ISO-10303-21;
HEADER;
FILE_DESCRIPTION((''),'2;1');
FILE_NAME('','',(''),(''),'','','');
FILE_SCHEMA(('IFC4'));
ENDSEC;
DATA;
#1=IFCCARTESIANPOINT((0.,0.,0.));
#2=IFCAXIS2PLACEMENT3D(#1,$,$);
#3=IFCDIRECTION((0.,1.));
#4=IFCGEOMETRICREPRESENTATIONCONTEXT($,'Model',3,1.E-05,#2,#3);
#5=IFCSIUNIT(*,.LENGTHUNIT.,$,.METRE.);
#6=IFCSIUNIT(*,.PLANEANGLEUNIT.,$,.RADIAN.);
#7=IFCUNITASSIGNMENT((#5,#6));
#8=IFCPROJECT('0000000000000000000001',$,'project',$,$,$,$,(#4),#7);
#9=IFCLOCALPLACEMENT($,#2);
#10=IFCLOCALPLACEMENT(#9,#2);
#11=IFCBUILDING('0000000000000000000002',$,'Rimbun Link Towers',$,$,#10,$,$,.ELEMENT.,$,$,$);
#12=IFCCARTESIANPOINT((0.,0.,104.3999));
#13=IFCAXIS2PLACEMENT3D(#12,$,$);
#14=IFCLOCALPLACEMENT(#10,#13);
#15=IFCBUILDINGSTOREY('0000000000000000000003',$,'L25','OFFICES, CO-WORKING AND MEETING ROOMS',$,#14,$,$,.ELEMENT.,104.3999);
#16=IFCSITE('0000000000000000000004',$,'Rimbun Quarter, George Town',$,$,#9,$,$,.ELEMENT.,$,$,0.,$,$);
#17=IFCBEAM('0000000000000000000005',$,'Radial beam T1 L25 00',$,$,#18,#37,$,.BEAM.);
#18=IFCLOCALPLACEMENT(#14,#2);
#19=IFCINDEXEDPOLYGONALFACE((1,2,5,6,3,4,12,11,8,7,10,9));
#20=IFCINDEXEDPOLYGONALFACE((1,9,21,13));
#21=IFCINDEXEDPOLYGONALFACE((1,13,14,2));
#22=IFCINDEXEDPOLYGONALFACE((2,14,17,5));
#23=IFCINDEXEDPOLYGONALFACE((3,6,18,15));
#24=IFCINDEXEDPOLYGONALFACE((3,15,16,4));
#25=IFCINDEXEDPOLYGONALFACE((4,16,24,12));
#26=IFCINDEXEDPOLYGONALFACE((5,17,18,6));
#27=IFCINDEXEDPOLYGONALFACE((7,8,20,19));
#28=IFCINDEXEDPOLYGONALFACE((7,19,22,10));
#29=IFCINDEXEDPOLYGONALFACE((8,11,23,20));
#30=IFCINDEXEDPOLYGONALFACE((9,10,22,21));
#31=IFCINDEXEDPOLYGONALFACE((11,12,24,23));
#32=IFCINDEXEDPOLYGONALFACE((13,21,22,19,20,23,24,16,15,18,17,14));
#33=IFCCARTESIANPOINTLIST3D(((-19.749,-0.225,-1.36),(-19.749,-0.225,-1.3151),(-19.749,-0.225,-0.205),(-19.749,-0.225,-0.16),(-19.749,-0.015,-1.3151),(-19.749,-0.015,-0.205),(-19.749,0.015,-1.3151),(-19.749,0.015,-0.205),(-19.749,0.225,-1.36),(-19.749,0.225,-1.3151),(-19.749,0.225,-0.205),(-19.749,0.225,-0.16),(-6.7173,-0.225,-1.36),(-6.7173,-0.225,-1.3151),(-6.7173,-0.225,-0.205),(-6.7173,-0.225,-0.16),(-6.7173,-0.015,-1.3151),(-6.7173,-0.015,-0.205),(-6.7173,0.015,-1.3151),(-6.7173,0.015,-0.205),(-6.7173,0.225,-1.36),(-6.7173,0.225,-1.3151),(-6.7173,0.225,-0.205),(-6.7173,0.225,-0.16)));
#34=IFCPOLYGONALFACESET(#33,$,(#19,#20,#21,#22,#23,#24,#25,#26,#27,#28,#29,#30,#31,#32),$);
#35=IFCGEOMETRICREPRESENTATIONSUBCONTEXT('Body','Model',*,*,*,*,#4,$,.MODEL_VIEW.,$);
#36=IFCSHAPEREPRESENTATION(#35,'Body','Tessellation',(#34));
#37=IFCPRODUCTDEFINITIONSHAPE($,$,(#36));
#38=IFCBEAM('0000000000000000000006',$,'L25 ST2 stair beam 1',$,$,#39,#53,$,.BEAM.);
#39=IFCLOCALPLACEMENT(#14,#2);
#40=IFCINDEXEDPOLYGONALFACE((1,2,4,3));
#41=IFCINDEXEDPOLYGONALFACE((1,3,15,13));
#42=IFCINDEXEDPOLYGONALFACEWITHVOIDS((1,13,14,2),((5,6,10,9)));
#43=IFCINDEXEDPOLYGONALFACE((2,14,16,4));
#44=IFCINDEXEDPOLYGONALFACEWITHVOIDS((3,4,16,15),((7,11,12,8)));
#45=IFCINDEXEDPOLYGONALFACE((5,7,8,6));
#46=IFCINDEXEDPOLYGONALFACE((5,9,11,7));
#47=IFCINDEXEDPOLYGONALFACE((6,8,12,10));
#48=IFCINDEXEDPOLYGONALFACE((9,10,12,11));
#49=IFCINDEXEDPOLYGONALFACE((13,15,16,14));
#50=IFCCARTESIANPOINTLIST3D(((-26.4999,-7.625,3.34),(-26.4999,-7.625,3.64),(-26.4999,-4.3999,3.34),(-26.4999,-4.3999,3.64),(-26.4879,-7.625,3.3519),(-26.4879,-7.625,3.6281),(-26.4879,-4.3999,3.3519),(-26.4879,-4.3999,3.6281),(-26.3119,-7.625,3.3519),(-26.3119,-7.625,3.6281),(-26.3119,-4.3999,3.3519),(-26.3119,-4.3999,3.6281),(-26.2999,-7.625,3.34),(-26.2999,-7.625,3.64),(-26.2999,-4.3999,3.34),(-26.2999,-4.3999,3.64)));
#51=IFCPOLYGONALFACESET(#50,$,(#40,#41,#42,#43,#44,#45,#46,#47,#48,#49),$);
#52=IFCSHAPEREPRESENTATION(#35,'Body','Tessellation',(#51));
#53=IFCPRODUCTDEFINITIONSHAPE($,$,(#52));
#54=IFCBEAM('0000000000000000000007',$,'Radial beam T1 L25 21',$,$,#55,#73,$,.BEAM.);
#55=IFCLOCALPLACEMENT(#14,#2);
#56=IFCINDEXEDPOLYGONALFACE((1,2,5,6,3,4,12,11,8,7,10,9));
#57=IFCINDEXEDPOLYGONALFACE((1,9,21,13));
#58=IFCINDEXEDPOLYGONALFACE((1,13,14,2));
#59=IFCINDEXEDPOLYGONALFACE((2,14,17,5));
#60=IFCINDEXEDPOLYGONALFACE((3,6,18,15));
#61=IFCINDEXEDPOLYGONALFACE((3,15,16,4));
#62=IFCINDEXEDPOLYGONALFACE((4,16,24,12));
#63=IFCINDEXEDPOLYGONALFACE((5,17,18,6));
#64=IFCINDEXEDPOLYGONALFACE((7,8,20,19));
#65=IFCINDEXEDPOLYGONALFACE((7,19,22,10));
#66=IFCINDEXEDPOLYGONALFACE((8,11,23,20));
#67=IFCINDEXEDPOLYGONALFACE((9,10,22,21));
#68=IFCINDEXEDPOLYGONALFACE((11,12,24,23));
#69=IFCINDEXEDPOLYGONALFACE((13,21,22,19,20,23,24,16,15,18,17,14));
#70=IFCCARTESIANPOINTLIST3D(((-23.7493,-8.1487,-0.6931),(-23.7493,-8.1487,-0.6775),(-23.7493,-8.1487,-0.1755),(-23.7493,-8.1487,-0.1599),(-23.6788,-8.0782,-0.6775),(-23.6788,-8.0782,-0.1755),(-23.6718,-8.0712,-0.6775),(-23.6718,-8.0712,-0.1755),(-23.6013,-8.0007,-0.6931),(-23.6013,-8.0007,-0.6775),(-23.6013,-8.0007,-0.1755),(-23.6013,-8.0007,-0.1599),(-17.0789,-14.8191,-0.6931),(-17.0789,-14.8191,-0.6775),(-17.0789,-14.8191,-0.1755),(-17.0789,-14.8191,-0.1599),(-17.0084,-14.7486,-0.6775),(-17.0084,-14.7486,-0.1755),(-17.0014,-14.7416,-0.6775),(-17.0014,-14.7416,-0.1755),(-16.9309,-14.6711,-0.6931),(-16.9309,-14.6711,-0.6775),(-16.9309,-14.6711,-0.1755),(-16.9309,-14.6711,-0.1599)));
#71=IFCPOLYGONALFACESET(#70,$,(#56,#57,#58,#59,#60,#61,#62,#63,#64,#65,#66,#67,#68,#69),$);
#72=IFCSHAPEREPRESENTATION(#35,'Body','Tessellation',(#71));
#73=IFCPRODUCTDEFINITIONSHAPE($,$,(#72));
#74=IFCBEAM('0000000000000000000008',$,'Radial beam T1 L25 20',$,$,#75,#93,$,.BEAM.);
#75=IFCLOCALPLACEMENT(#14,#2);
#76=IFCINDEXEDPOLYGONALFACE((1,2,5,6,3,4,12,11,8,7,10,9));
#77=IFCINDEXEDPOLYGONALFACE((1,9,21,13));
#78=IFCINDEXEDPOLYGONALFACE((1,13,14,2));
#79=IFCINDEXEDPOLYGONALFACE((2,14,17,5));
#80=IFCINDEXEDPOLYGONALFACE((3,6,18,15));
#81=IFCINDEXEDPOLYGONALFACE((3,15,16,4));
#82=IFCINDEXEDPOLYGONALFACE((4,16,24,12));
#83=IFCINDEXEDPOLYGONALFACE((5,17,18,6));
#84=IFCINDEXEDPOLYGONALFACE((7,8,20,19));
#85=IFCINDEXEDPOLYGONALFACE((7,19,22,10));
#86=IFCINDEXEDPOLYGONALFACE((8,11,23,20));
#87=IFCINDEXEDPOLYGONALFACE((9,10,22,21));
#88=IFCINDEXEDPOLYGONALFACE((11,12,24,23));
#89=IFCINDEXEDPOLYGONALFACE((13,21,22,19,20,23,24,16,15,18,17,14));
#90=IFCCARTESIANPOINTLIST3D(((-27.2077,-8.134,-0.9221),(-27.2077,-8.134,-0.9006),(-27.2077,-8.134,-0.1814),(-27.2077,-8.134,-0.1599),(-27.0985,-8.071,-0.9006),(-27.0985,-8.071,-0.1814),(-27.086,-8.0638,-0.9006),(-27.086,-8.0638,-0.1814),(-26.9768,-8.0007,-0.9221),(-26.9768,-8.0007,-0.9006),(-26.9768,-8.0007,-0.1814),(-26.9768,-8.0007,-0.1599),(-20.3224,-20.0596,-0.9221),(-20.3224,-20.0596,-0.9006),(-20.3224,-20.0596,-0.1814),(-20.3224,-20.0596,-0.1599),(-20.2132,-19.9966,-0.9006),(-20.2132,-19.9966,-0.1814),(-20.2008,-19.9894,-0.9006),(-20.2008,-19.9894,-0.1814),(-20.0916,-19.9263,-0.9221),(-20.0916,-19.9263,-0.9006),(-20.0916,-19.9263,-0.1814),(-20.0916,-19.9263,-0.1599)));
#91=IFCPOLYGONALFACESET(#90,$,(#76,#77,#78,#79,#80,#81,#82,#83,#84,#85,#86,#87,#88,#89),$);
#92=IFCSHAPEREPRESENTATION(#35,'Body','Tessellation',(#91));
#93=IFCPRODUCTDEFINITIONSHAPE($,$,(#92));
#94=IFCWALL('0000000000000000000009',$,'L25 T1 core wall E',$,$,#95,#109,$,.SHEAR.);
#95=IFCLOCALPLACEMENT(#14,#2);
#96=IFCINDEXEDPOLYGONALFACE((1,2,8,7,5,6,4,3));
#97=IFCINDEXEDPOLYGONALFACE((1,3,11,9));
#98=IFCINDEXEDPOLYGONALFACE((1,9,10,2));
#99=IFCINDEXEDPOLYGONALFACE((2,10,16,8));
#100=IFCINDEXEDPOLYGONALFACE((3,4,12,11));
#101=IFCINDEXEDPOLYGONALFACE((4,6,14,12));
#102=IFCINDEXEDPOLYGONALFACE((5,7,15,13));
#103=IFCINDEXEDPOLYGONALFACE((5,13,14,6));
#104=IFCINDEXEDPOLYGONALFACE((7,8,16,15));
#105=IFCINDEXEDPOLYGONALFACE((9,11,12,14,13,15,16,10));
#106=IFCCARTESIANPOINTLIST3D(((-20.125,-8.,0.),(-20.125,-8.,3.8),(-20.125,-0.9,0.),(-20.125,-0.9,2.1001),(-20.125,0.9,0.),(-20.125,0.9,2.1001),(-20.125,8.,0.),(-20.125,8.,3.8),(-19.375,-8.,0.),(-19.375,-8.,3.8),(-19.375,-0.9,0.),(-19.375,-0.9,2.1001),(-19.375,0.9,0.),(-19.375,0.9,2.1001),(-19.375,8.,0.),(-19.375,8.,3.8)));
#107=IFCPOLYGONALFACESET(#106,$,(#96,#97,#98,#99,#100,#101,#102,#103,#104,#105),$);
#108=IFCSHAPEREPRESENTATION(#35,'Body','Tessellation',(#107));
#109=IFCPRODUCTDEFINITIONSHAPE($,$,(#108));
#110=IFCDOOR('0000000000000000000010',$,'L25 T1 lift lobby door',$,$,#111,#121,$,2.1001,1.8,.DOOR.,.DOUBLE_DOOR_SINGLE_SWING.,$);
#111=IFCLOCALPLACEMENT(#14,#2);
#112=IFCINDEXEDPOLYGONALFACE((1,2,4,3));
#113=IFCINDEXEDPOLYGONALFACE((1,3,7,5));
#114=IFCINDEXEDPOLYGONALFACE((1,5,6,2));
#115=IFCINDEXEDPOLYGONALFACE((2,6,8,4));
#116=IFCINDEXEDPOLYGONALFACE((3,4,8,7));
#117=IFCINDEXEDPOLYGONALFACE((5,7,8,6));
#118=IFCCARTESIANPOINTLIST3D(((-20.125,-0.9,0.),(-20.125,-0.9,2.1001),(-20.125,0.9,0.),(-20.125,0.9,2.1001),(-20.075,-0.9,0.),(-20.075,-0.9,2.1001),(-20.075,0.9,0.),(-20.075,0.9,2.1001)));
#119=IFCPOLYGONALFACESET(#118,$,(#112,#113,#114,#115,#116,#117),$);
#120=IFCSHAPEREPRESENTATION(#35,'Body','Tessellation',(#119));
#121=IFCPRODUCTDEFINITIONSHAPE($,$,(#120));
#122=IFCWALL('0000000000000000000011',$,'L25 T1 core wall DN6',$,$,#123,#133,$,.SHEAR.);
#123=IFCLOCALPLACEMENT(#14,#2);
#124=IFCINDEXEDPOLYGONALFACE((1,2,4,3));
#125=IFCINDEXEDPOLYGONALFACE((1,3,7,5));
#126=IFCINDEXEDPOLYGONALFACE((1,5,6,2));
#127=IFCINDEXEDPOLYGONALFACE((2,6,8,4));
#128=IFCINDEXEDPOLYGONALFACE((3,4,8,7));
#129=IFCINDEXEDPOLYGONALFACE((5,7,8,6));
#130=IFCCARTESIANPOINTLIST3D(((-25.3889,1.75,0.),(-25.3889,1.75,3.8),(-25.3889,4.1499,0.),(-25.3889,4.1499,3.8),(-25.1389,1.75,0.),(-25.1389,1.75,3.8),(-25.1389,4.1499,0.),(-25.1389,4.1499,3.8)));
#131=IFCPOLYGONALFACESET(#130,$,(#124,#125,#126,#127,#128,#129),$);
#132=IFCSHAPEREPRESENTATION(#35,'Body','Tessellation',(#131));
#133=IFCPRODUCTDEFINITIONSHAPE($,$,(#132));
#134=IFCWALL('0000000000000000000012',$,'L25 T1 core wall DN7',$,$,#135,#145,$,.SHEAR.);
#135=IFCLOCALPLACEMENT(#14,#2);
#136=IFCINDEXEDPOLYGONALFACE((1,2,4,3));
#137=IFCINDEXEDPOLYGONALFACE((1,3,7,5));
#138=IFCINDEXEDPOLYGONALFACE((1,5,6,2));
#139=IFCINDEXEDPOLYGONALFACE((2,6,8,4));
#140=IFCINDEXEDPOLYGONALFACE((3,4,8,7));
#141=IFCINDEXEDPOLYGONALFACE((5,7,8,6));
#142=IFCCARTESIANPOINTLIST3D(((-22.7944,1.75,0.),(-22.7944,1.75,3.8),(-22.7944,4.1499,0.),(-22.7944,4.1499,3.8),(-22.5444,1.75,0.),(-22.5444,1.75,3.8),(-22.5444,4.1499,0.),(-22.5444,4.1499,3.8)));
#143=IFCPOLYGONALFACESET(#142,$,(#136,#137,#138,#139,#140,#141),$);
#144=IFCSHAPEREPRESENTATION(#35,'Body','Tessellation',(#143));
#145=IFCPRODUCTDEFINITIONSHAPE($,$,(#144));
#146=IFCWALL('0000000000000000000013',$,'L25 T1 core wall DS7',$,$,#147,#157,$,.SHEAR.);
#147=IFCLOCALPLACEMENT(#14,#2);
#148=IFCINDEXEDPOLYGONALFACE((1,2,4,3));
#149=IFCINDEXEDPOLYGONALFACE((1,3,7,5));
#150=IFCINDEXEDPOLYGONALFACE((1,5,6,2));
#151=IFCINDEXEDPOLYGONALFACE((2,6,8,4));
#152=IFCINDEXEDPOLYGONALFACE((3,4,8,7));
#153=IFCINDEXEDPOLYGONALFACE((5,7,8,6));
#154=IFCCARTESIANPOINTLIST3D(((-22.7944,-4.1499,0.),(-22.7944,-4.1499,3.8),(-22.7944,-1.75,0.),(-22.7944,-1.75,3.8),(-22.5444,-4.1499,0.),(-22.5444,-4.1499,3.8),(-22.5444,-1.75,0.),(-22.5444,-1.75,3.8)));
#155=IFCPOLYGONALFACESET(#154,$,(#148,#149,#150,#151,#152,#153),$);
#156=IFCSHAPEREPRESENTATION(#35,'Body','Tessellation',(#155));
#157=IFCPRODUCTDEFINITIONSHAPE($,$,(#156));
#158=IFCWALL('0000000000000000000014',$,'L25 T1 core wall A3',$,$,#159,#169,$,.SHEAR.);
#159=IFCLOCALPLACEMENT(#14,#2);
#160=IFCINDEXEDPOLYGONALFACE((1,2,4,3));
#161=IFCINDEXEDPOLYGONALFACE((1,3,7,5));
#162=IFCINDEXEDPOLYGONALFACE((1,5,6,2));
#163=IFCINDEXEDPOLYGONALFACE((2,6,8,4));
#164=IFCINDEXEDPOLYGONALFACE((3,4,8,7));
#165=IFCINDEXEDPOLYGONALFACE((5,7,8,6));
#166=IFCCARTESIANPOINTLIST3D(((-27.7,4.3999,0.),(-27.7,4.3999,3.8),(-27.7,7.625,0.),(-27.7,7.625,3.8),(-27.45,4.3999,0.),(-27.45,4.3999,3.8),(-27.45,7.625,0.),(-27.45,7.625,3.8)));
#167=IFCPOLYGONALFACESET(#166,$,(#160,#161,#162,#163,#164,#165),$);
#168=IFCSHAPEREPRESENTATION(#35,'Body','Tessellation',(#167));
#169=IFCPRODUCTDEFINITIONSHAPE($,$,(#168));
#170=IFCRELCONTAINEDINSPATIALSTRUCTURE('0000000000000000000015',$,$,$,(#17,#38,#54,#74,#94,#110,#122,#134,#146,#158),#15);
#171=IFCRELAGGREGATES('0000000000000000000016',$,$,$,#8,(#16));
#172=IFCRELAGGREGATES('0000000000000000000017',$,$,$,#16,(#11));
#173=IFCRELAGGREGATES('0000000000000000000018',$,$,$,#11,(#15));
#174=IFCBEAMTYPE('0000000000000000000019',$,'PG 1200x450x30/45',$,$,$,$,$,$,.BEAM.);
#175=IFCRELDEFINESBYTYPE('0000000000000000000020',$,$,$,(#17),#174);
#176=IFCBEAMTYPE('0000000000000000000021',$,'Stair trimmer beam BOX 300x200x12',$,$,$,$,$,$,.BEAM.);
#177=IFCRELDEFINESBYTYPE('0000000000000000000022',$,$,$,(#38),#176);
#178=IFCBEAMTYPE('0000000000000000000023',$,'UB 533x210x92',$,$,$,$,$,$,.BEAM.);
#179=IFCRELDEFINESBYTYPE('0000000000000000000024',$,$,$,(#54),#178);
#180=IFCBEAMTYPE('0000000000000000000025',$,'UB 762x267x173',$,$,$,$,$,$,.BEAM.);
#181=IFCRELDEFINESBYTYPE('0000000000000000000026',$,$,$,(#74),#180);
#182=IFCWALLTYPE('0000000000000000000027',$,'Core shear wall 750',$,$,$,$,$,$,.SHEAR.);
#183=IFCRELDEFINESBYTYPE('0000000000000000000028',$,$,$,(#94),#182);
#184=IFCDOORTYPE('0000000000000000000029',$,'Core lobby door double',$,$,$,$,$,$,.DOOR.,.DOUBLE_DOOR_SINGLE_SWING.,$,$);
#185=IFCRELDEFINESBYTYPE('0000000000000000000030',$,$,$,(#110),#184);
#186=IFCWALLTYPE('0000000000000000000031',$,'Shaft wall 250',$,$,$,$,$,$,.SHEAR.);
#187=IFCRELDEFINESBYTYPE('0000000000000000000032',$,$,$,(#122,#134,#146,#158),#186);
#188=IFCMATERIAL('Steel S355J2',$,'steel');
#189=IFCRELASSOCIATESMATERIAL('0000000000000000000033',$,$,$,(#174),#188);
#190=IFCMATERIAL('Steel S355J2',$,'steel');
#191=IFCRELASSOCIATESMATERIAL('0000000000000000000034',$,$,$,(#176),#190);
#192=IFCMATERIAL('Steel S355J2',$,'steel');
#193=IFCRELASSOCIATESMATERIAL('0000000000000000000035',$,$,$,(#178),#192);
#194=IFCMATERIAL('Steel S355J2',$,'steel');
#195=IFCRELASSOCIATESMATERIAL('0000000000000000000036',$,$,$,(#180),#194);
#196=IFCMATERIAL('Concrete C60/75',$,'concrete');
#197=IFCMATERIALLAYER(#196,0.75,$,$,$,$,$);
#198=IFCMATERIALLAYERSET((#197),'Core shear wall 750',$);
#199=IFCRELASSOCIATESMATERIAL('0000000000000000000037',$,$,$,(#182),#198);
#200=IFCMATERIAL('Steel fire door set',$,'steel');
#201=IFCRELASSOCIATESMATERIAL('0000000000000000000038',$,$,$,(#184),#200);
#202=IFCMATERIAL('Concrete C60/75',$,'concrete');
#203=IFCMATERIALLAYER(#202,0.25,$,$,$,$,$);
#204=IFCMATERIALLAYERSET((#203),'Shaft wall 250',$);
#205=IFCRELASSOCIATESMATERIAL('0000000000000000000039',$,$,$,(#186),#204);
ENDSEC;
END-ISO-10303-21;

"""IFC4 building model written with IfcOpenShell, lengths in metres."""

from ifc_helpers import new_model, si_unit, direction, frame, frame_2d, origin, origin_2d, place, context, subcontext, project, spatial, rectangle, hollow_rectangle, i_section, extrude, material, layer, layer_set, material_profile, profile_set, type_object, element, fill, save


model = new_model("IFC4")

# Units and contexts
model_context = context("Model", 3, precision=1e-05, world=origin(), true_north=direction((0.0, 1.0)))
body_context = subcontext(model_context, "Body", "Model", "MODEL_VIEW")
ifc_project = project(units=[si_unit("LENGTHUNIT", "METRE"), si_unit("PLANEANGLEUNIT", "RADIAN")], contexts=[model_context])

# Site, building, storey
site_placement = place(None, origin())
site = spatial("IfcSite", under=ifc_project, at=site_placement, Name="Rimbun Quarter, George Town", CompositionType="ELEMENT", RefElevation=0.0)
building_placement = place(site_placement, origin())
building = spatial("IfcBuilding", under=site, at=building_placement, Name="Rimbun Link Towers", CompositionType="ELEMENT")
storey_placement = place(building_placement, frame((0.0, 0.0, 104.3999)))
storey = spatial("IfcBuildingStorey", under=building, at=storey_placement, Name="L25", Description="OFFICES, CO-WORKING AND MEETING ROOMS", CompositionType="ELEMENT", Elevation=104.3999)

# Beams
ifc_material_1 = material(Name="Steel S355J2", Category="steel")
ifc_material_profile_1 = material_profile(ifc_material_1, i_section(OverallWidth=0.45, OverallDepth=1.2, WebThickness=0.03, FlangeThickness=0.0449, at=origin_2d()), Name="PG 1200x450x30/45")
ifc_profile_set_1 = profile_set([ifc_material_profile_1], Name="Steel S355J2")
beam_type_1 = type_object("IfcBeamType", Name="PG 1200x450x30/45", PredefinedType="BEAM", material=ifc_profile_set_1)
beam_1_placement = place(storey_placement, frame((-19.749, 0.0, -0.76), z_axis=(1.0, 0.0, 0.0), x_axis=(0.0, 1.0, 0.0)))
element("IfcBeam", 1, at=beam_1_placement, inside=storey, type_object=beam_type_1, Name="Radial beam T1 L25 00", PredefinedType="BEAM", context=body_context, shape_type="SweptSolid", body=[
    extrude(i_section(OverallWidth=0.45, OverallDepth=1.2, WebThickness=0.03, FlangeThickness=0.0449, at=origin_2d()), origin(), (0.0, 0.0, 1.0), 13.0317),
])
ifc_material_2 = material(Name="Steel S355J2", Category="steel")
ifc_material_profile_2 = material_profile(ifc_material_2, hollow_rectangle(XDim=0.2, YDim=0.3, WallThickness=0.012, at=origin_2d()), Name="BOX 300x200x12")
ifc_profile_set_2 = profile_set([ifc_material_profile_2], Name="Steel S355J2")
beam_type_2 = type_object("IfcBeamType", Name="Stair trimmer beam BOX 300x200x12", PredefinedType="BEAM", material=ifc_profile_set_2)
beam_2_placement = place(storey_placement, frame((-26.3999, -7.625, 3.49), z_axis=(0.0, 1.0, 0.0), x_axis=(-1.0, 0.0, 0.0)))
element("IfcBeam", 2, at=beam_2_placement, inside=storey, type_object=beam_type_2, Name="L25 ST2 stair beam 1", PredefinedType="BEAM", context=body_context, shape_type="SweptSolid", body=[
    extrude(hollow_rectangle(XDim=0.2, YDim=0.3, WallThickness=0.012, at=origin_2d()), origin(), (0.0, 0.0, 1.0), 3.2251),
])
ifc_material_3 = material(Name="Steel S355J2", Category="steel")
ifc_material_profile_3 = material_profile(ifc_material_3, i_section(OverallWidth=0.2092, OverallDepth=0.5332, WebThickness=0.01, FlangeThickness=0.0156, at=origin_2d()), Name="UB 533x210x92")
ifc_profile_set_3 = profile_set([ifc_material_profile_3], Name="Steel S355J2")
beam_type_3 = type_object("IfcBeamType", Name="UB 533x210x92", PredefinedType="BEAM", material=ifc_profile_set_3)
beam_3_placement = place(storey_placement, frame((-23.6753, -8.0747, -0.4265), z_axis=(0.707107, -0.707107, 0.0), x_axis=(0.707107, 0.707107, 0.0)))
element("IfcBeam", 3, at=beam_3_placement, inside=storey, type_object=beam_type_3, Name="Radial beam T1 L25 21", PredefinedType="BEAM", context=body_context, shape_type="SweptSolid", body=[
    extrude(i_section(OverallWidth=0.2092, OverallDepth=0.5332, WebThickness=0.01, FlangeThickness=0.0156, at=origin_2d()), origin(), (0.0, 0.0, 1.0), 9.4333),
])
ifc_material_4 = material(Name="Steel S355J2", Category="steel")
ifc_material_profile_4 = material_profile(ifc_material_4, i_section(OverallWidth=0.2666, OverallDepth=0.7622, WebThickness=0.0144, FlangeThickness=0.0215, at=origin_2d()), Name="UB 762x267x173")
ifc_profile_set_4 = profile_set([ifc_material_profile_4], Name="Steel S355J2")
beam_type_4 = type_object("IfcBeamType", Name="UB 762x267x173", PredefinedType="BEAM", material=ifc_profile_set_4)
beam_4_placement = place(storey_placement, frame((-27.0923, -8.0674, -0.541), z_axis=(0.500002, -0.866024, 0.0), x_axis=(0.866024, 0.500002, 0.0)))
element("IfcBeam", 4, at=beam_4_placement, inside=storey, type_object=beam_type_4, Name="Radial beam T1 L25 20", PredefinedType="BEAM", context=body_context, shape_type="SweptSolid", body=[
    extrude(i_section(OverallWidth=0.2666, OverallDepth=0.7622, WebThickness=0.0144, FlangeThickness=0.0215, at=origin_2d()), origin(), (0.0, 0.0, 1.0), 13.7705),
])

# Wall, opening, door
ifc_material_5 = material(Name="Concrete C60/75", Category="concrete")
ifc_layer_1 = layer(ifc_material_5, 0.75)
ifc_layer_set_1 = layer_set([ifc_layer_1], Name="Core shear wall 750")
wall_type_1 = type_object("IfcWallType", Name="Core shear wall 750", PredefinedType="SHEAR", material=ifc_layer_set_1)
wall_1_placement = place(storey_placement, frame((-19.75, -8.0, 0.0), z_axis=(0.0, 0.0, 1.0), x_axis=(0.0, 1.0, 0.0)))
wall_1 = element("IfcWall", 5, at=wall_1_placement, inside=storey, type_object=wall_type_1, Name="L25 T1 core wall E", PredefinedType="SHEAR", context=body_context, shape_type="SweptSolid", body=[
    extrude(rectangle(XDim=16.0, YDim=0.75, at=frame_2d((8.0, 0.0))), origin(), (0.0, 0.0, 1.0), 3.8),
])
opening_1_placement = place(wall_1_placement, frame((7.1001, 0.0, 0.0)))
opening_1 = element("IfcOpeningElement", 6, at=opening_1_placement, cuts=wall_1, PredefinedType="OPENING", context=body_context, shape_type="SweptSolid", body=[
    extrude(rectangle(XDim=1.8, YDim=2.1001, at=frame_2d((0.8999, 1.05))), frame((0.0, 0.385, 0.0), z_axis=(0.0, -1.0, 0.0), x_axis=(1.0, 0.0, 0.0)), (0.0, 0.0, 1.0), 0.77),
])
ifc_material_6 = material(Name="Steel fire door set", Category="steel")
door_type_1 = type_object("IfcDoorType", Name="Core lobby door double", OperationType="DOUBLE_DOOR_SINGLE_SWING", PredefinedType="DOOR", material=ifc_material_6)
door_1_placement = place(opening_1_placement, origin())
door_1 = element("IfcDoor", 7, at=door_1_placement, inside=storey, type_object=door_type_1, Name="L25 T1 lift lobby door", OperationType="DOUBLE_DOOR_SINGLE_SWING", OverallHeight=2.1001, OverallWidth=1.8, PredefinedType="DOOR", context=body_context, shape_type="SweptSolid", body=[
    extrude(rectangle(XDim=1.8, YDim=2.1001, at=frame_2d((0.8999, 1.05))), frame((0.0, 0.375, 0.0), z_axis=(0.0, -1.0, 0.0), x_axis=(1.0, 0.0, 0.0)), (0.0, 0.0, 1.0), 0.05),
])
fill(opening_1, door_1)

# Walls
ifc_material_7 = material(Name="Concrete C60/75", Category="concrete")
ifc_layer_2 = layer(ifc_material_7, 0.25)
ifc_layer_set_2 = layer_set([ifc_layer_2], Name="Shaft wall 250")
wall_type_2 = type_object("IfcWallType", Name="Shaft wall 250", PredefinedType="SHEAR", material=ifc_layer_set_2)
for number, where, z_axis, x_axis, name in (
    (8, (-25.2639, 1.75, 0.0), (0.0, 0.0, 1.0), (0.0, 1.0, 0.0), "L25 T1 core wall DN6"),
    (9, (-22.6694, 1.75, 0.0), (0.0, 0.0, 1.0), (0.0, 1.0, 0.0), "L25 T1 core wall DN7"),
    (10, (-22.6694, -4.1499, 0.0), (0.0, 0.0, 1.0), (0.0, 1.0, 0.0), "L25 T1 core wall DS7"),
):
    element("IfcWall", number, at=place(storey_placement, frame(where, z_axis=z_axis, x_axis=x_axis)), inside=storey, type_object=wall_type_2, Name=name, PredefinedType="SHEAR", context=body_context, shape_type="SweptSolid", body=[
        extrude(rectangle(XDim=2.3999, YDim=0.25, at=frame_2d((1.2, 0.0))), origin(), (0.0, 0.0, 1.0), 3.8),
    ])
wall_2_placement = place(storey_placement, frame((-27.575, 4.3999, 0.0), z_axis=(0.0, 0.0, 1.0), x_axis=(0.0, 1.0, 0.0)))
element("IfcWall", 11, at=wall_2_placement, inside=storey, type_object=wall_type_2, Name="L25 T1 core wall A3", PredefinedType="SHEAR", context=body_context, shape_type="SweptSolid", body=[
    extrude(rectangle(XDim=3.2251, YDim=0.25, at=frame_2d((1.6125, 0.0))), origin(), (0.0, 0.0, 1.0), 3.8),
])

save(model, "model.ifc")
